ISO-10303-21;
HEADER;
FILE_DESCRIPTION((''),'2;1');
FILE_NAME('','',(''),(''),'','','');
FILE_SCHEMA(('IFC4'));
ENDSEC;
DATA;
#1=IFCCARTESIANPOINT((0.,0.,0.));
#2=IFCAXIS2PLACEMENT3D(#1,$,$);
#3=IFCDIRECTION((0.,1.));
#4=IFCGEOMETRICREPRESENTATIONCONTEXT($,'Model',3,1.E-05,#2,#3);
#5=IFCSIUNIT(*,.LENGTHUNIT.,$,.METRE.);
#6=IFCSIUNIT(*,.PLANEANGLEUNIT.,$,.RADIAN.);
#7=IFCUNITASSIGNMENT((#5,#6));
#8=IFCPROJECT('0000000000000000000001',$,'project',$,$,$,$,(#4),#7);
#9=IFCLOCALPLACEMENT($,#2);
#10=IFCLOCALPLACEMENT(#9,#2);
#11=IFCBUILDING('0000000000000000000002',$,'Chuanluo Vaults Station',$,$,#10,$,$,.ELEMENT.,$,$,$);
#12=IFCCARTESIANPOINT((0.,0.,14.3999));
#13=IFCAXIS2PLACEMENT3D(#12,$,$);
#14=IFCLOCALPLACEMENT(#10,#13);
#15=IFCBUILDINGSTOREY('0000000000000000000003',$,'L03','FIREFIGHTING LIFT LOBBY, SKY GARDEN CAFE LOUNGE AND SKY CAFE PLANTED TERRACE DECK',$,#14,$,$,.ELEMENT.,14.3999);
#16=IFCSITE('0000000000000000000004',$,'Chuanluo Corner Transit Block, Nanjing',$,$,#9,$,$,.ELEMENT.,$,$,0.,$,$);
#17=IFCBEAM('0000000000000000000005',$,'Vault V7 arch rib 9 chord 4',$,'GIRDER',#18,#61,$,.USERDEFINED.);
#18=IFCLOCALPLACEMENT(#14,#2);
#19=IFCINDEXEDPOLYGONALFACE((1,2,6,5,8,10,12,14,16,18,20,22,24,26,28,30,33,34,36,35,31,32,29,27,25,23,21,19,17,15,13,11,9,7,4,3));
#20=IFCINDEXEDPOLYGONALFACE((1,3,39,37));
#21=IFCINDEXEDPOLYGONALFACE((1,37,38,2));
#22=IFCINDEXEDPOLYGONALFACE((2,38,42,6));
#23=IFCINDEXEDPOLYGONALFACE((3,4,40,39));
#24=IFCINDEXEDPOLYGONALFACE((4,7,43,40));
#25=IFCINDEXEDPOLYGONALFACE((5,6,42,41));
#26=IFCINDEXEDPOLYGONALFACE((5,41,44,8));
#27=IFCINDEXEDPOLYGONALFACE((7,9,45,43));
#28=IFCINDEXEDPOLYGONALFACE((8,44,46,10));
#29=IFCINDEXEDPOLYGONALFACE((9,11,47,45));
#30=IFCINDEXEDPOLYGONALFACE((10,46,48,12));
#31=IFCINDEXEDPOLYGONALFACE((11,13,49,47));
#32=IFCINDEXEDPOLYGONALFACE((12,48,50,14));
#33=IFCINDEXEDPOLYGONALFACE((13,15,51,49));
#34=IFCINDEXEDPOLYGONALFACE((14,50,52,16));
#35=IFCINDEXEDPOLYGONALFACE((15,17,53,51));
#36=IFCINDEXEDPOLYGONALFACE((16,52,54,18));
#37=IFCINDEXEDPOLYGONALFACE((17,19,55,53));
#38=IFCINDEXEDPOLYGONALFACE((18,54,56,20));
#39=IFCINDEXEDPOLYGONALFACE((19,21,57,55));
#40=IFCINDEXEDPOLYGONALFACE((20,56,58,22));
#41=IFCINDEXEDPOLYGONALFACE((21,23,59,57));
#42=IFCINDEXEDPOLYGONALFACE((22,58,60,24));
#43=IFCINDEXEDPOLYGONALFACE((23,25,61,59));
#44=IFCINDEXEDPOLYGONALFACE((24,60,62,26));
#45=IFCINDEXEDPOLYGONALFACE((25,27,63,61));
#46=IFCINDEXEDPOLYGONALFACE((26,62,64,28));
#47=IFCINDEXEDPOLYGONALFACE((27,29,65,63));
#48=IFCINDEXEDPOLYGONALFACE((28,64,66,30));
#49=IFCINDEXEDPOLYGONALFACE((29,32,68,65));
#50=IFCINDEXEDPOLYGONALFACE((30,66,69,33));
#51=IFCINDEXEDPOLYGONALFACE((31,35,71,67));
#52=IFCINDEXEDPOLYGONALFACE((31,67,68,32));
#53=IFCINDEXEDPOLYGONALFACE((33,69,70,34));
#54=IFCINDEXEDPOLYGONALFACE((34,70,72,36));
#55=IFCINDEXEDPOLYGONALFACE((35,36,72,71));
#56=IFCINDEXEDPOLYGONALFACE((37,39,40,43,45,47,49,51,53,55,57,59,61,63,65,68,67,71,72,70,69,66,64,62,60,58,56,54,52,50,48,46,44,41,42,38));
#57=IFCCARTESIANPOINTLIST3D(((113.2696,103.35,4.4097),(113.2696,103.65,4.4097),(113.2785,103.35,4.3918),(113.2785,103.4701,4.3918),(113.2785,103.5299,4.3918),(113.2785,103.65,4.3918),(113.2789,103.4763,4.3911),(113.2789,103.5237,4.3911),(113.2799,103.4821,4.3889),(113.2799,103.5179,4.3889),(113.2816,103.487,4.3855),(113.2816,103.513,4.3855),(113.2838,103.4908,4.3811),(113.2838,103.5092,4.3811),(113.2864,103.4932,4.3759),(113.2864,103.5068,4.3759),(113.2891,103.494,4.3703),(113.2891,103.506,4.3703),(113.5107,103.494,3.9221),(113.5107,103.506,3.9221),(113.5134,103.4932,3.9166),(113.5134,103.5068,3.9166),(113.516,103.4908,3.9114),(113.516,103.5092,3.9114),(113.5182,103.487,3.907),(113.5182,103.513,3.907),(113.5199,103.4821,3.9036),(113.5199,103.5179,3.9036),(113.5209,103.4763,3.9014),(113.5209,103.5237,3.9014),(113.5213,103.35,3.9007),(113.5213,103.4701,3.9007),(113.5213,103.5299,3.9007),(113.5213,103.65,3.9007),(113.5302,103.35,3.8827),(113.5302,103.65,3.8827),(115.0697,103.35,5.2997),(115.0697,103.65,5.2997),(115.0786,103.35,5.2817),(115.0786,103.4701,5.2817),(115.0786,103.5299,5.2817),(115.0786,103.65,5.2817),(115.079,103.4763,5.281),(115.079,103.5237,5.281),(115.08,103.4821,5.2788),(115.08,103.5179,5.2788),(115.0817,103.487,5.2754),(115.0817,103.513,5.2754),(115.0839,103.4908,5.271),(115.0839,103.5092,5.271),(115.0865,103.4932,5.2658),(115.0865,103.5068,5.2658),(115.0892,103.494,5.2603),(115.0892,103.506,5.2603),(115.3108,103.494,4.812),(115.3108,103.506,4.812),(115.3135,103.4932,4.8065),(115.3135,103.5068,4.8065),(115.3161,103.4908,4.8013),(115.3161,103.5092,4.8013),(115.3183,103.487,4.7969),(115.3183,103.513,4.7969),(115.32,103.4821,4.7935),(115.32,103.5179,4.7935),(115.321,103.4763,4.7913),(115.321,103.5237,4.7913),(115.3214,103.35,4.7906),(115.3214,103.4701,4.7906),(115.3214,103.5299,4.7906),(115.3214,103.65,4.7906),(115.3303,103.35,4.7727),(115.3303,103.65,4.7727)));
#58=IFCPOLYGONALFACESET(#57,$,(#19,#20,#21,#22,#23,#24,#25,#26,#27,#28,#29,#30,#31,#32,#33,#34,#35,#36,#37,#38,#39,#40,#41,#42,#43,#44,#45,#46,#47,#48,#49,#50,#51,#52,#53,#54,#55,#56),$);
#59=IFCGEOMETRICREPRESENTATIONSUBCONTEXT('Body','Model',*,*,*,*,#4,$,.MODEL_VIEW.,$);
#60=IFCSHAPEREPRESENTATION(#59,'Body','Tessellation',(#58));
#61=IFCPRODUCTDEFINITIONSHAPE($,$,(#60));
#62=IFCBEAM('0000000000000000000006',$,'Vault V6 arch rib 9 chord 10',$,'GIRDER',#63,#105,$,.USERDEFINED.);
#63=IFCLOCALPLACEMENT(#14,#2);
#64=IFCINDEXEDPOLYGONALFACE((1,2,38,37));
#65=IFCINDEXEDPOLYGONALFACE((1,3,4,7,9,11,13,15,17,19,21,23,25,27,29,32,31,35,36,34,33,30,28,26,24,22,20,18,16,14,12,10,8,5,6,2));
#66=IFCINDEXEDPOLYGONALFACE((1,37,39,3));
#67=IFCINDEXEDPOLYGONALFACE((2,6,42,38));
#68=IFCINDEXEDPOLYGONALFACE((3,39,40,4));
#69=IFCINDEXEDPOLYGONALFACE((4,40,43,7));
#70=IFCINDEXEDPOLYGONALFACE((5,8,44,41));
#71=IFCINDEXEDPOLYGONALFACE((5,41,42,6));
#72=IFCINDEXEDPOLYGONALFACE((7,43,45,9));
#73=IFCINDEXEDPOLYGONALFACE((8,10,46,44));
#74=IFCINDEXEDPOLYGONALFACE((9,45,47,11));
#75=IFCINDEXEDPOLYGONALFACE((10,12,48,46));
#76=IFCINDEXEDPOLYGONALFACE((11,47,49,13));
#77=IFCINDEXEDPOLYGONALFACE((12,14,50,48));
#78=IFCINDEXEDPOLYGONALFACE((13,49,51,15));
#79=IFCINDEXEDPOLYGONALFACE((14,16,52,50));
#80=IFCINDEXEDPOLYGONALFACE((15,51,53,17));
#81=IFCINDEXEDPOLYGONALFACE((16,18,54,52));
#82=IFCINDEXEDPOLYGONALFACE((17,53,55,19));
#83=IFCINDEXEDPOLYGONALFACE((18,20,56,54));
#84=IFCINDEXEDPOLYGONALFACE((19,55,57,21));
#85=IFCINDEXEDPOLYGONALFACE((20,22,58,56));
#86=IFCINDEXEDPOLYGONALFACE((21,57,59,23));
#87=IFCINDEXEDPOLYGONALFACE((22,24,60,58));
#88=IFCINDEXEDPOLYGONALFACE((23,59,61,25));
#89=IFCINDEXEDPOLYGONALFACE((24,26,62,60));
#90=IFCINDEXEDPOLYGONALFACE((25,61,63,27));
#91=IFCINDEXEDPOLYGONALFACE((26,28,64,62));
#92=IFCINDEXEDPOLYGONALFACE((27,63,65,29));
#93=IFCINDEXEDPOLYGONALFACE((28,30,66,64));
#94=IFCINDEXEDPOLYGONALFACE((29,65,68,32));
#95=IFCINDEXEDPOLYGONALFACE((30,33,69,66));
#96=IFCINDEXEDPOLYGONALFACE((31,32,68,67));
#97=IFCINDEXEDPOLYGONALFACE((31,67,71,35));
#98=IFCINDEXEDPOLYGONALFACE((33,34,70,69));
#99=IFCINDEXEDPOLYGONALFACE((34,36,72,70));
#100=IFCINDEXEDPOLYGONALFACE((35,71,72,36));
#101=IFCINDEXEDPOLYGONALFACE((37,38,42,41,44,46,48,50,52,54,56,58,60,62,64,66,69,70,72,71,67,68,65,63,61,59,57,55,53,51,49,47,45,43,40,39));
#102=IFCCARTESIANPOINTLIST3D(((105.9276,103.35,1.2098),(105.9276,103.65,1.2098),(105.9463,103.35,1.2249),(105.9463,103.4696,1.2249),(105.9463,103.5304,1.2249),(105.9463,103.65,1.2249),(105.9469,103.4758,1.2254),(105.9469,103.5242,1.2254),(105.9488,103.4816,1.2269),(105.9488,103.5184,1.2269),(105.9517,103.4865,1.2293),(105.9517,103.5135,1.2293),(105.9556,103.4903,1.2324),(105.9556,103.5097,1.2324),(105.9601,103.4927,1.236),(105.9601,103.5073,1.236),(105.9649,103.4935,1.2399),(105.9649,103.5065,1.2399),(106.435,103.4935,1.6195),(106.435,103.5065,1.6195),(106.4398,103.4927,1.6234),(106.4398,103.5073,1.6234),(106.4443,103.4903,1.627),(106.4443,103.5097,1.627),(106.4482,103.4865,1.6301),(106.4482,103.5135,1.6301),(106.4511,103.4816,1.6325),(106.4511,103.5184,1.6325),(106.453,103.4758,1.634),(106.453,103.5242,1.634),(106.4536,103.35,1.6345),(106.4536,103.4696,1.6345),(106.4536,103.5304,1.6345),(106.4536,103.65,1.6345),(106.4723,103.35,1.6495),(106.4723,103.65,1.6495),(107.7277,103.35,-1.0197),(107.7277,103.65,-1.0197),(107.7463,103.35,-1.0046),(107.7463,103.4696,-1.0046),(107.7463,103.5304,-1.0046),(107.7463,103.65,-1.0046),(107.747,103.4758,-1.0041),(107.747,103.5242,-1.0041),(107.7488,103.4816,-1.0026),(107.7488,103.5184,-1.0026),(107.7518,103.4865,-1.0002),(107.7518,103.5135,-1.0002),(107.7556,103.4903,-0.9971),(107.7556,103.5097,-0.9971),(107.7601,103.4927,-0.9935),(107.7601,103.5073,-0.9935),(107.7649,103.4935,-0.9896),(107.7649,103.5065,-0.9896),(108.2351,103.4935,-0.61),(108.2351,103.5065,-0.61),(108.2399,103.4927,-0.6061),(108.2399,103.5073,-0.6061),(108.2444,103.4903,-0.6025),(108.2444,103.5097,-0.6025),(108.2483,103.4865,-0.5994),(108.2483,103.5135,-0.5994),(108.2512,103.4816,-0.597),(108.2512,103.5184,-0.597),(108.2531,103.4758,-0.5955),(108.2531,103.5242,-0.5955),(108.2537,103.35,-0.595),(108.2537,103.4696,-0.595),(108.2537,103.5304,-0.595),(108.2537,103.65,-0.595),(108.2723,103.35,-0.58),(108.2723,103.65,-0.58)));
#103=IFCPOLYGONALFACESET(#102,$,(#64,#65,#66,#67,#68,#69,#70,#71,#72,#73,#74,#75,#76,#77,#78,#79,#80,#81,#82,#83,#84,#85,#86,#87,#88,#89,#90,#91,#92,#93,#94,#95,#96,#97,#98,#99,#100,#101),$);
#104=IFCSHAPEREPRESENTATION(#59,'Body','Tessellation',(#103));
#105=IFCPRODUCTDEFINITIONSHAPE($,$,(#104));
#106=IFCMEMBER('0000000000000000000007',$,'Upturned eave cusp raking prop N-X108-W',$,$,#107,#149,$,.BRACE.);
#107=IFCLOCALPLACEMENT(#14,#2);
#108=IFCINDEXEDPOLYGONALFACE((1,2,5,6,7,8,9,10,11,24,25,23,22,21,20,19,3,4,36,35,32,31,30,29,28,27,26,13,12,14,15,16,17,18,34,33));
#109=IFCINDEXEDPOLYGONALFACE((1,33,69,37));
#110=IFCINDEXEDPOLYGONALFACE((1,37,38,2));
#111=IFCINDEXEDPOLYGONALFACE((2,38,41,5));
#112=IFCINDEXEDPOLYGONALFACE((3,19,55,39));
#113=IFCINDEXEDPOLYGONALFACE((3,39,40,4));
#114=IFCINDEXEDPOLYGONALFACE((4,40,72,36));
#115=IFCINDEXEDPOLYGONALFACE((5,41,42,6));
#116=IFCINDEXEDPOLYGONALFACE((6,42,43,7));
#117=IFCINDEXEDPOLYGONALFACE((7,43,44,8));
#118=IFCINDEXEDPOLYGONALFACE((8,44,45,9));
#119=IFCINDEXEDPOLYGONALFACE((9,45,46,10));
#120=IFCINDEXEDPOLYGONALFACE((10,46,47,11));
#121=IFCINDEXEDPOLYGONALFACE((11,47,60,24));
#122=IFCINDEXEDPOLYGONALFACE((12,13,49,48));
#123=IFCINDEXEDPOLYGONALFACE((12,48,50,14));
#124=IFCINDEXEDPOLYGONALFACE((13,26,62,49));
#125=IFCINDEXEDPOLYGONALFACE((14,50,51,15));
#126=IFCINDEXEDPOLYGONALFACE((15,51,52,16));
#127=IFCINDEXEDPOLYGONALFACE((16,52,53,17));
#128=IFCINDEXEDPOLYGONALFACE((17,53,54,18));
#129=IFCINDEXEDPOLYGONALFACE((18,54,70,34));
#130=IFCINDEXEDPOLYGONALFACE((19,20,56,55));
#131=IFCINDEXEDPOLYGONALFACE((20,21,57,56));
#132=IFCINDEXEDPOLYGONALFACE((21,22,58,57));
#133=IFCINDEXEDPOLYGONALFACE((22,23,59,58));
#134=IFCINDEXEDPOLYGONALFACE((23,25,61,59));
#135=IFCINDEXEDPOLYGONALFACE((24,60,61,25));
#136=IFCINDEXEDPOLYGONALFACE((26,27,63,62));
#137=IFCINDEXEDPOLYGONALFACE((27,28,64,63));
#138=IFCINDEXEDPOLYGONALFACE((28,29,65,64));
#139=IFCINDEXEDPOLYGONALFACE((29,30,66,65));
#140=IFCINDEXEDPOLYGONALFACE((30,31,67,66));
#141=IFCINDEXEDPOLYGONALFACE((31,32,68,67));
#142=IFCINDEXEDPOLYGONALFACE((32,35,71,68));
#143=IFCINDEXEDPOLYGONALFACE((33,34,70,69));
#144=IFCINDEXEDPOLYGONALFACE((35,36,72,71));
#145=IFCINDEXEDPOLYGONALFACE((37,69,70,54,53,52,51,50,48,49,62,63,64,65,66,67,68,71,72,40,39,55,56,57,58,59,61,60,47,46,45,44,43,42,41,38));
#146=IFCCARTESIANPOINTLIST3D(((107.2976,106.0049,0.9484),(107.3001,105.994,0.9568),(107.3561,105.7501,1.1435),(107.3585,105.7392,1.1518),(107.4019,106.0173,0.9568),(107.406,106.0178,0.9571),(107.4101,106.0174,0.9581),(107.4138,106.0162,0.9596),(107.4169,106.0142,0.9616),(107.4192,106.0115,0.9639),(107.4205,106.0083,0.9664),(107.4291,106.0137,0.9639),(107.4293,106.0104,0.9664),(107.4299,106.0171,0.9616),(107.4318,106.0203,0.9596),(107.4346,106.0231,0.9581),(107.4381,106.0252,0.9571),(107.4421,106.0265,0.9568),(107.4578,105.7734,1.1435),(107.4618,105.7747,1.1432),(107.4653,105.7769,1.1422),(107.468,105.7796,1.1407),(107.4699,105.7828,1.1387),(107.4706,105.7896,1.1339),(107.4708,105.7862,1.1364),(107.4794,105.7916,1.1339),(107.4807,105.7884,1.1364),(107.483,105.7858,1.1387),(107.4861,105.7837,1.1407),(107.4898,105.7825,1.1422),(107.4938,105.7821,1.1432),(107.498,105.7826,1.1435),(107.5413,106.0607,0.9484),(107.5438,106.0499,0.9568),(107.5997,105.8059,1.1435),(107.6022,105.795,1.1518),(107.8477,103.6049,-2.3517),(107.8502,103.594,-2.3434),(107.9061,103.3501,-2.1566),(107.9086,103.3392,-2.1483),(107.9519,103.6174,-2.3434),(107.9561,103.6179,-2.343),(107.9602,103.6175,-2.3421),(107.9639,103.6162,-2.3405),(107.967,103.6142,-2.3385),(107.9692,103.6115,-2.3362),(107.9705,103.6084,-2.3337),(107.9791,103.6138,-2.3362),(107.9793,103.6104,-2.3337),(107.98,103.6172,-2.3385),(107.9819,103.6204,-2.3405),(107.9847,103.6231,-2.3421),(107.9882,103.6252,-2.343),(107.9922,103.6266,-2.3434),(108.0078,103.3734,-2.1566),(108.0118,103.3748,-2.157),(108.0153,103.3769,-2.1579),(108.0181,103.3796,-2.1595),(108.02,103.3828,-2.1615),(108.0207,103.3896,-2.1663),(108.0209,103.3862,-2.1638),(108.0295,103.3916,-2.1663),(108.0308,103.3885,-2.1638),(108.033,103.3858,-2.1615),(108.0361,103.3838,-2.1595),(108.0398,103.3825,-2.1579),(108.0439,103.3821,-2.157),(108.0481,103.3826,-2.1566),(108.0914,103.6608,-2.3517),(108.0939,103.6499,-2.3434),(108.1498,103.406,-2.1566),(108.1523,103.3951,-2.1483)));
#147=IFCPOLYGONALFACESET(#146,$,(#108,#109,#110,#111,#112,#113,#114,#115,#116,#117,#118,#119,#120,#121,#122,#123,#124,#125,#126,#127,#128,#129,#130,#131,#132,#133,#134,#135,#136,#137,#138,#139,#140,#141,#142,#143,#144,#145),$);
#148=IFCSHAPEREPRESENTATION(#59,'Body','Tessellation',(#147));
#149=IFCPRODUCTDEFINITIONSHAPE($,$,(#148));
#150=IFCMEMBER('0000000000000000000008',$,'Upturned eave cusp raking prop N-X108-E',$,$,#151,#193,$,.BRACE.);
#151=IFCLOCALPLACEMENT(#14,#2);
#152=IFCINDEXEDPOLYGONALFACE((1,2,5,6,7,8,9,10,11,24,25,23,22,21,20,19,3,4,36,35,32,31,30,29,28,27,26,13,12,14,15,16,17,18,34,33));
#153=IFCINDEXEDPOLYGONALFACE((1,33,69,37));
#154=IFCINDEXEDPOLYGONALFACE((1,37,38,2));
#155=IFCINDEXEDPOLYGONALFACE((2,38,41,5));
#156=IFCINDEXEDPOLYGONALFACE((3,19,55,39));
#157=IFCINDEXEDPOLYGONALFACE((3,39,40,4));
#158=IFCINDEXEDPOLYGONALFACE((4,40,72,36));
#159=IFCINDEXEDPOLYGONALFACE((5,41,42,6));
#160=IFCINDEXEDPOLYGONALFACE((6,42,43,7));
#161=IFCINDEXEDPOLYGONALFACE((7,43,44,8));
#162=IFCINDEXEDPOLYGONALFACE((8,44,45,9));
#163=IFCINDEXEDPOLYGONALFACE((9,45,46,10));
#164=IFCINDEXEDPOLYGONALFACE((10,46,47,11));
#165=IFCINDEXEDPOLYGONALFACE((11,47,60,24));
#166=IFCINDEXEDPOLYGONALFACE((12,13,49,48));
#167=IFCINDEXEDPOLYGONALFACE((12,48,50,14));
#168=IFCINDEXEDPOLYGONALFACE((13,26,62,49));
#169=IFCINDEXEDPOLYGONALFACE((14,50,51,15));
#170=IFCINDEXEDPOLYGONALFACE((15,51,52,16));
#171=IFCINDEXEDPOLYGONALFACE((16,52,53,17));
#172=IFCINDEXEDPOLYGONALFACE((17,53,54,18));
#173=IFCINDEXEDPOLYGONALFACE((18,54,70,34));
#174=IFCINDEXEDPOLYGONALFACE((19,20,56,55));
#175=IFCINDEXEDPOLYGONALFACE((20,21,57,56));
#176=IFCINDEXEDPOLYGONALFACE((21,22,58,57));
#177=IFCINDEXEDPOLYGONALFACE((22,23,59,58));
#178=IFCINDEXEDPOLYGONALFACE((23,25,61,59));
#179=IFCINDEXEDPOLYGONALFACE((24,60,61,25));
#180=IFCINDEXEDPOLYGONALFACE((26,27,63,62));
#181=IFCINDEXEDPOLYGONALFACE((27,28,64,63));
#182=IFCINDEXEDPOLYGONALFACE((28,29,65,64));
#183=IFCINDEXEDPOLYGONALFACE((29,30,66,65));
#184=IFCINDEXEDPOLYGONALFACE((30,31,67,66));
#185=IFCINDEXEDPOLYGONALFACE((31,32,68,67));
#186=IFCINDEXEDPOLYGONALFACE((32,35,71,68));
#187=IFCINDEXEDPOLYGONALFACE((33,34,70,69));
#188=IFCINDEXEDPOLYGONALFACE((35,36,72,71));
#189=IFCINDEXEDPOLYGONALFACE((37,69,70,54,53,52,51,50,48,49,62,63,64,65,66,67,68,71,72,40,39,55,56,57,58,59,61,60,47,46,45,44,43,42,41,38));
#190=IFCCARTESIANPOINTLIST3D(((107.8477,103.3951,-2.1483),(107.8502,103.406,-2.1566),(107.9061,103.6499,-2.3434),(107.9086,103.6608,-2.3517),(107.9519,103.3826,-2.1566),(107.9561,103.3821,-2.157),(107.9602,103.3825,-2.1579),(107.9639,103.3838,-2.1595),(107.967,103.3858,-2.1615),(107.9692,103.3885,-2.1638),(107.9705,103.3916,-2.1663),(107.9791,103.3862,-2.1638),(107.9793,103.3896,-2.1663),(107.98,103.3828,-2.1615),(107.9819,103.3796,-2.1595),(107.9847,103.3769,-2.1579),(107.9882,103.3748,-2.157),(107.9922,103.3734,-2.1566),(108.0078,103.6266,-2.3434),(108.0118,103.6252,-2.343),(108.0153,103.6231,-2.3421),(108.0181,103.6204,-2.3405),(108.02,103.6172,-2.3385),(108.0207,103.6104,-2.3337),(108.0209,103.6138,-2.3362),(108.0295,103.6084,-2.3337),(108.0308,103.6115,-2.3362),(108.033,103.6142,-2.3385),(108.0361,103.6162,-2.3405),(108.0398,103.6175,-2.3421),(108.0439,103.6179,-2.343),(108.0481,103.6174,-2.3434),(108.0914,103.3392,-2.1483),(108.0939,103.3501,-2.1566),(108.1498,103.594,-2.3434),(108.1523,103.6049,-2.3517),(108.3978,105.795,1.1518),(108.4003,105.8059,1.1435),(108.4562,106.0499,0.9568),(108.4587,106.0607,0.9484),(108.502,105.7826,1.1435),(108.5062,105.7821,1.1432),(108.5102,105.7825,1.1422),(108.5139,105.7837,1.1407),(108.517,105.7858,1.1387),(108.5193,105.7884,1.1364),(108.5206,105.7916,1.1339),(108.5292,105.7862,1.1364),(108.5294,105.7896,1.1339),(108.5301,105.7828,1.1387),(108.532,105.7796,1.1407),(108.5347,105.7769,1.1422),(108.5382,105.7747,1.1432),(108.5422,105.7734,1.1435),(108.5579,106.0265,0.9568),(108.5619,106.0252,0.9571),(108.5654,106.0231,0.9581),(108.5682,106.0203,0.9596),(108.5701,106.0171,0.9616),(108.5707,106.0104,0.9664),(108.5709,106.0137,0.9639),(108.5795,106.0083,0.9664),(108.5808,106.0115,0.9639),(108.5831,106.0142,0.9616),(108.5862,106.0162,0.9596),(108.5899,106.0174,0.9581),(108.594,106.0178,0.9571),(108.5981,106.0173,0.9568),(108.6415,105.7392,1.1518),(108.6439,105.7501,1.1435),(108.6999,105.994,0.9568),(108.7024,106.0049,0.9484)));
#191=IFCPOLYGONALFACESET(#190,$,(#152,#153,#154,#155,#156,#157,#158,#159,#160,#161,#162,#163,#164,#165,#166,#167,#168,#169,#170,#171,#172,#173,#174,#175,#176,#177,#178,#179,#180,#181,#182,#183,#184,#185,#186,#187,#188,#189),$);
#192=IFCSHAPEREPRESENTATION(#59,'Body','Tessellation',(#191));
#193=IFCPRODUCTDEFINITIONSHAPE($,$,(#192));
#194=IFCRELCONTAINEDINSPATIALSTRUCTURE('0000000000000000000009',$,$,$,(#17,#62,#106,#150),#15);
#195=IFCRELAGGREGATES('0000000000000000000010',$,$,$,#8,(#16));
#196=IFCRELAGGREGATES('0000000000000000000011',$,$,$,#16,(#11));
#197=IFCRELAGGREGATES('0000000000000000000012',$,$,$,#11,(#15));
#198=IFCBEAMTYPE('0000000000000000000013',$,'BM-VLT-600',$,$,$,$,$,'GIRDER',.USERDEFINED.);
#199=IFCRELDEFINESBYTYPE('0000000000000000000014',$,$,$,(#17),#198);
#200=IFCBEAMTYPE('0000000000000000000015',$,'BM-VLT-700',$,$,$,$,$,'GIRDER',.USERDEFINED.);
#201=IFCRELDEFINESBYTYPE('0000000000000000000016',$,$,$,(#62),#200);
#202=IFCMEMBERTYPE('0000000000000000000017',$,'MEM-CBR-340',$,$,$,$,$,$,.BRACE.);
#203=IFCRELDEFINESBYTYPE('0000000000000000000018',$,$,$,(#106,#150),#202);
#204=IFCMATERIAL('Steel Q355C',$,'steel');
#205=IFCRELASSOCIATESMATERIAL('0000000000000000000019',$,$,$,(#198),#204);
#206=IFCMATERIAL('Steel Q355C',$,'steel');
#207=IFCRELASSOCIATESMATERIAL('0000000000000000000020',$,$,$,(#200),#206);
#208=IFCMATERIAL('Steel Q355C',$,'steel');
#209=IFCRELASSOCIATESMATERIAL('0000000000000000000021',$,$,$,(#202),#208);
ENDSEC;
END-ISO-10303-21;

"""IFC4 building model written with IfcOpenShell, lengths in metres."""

from ifc_helpers import new_model, si_unit, direction, frame, origin, origin_2d, place, context, subcontext, project, spatial, i_section, extrude, material, material_profile, profile_set, type_object, element, save


model = new_model("IFC4")

# Units and contexts
model_context = context("Model", 3, precision=1e-05, world=origin(), true_north=direction((0.0, 1.0)))
body_context = subcontext(model_context, "Body", "Model", "MODEL_VIEW")
ifc_project = project(units=[si_unit("LENGTHUNIT", "METRE"), si_unit("PLANEANGLEUNIT", "RADIAN")], contexts=[model_context])

# Site, building, storey
site_placement = place(None, origin())
site = spatial("IfcSite", under=ifc_project, at=site_placement, Name="Chuanluo Corner Transit Block, Nanjing", CompositionType="ELEMENT", RefElevation=0.0)
building_placement = place(site_placement, origin())
building = spatial("IfcBuilding", under=site, at=building_placement, Name="Chuanluo Vaults Station", CompositionType="ELEMENT")
storey_placement = place(building_placement, frame((0.0, 0.0, 14.3999)))
storey = spatial("IfcBuildingStorey", under=building, at=storey_placement, Name="L03", Description="FIREFIGHTING LIFT LOBBY, SKY GARDEN CAFE LOUNGE AND SKY CAFE PLANTED TERRACE DECK", CompositionType="ELEMENT", Elevation=14.3999)

# Beams
ifc_material_1 = material(Name="Steel Q355C", Category="steel")
ifc_material_profile_1 = material_profile(ifc_material_1, i_section(OverallWidth=0.3, OverallDepth=0.5879, WebThickness=0.012, FlangeThickness=0.02, FilletRadius=0.0239, at=origin_2d()))
ifc_profile_set_1 = profile_set([ifc_material_profile_1], Name="Steel Q355C")
beam_type_1 = type_object("IfcBeamType", Name="BM-VLT-600", ElementType="GIRDER", PredefinedType="USERDEFINED", material=ifc_profile_set_1)
beam_1_placement = place(storey_placement, frame((113.3999, 103.5, 4.1462), z_axis=(0.896436, 0.0, 0.443172), x_axis=(0.0, 1.0, 0.0)))
element("IfcBeam", 1, at=beam_1_placement, inside=storey, type_object=beam_type_1, Name="Vault V7 arch rib 9 chord 4", ObjectType="GIRDER", PredefinedType="USERDEFINED", context=body_context, shape_type="SweptSolid", body=[
    extrude(i_section(OverallWidth=0.3, OverallDepth=0.5879, WebThickness=0.012, FlangeThickness=0.02, FilletRadius=0.0239, at=origin_2d()), origin(), (0.0, 0.0, 1.0), 2.0081),
])
ifc_material_2 = material(Name="Steel Q355C", Category="steel")
ifc_material_profile_2 = material_profile(ifc_material_2, i_section(OverallWidth=0.3, OverallDepth=0.7, WebThickness=0.0129, FlangeThickness=0.0239, FilletRadius=0.0239, at=origin_2d()))
ifc_profile_set_2 = profile_set([ifc_material_profile_2], Name="Steel Q355C")
beam_type_2 = type_object("IfcBeamType", Name="BM-VLT-700", ElementType="GIRDER", PredefinedType="USERDEFINED", material=ifc_profile_set_2)
beam_2_placement = place(storey_placement, frame((106.2, 103.5, 1.4297), z_axis=(0.62819, 0.0, -0.77806), x_axis=(0.0, 1.0, 0.0)))
element("IfcBeam", 2, at=beam_2_placement, inside=storey, type_object=beam_type_2, Name="Vault V6 arch rib 9 chord 10", ObjectType="GIRDER", PredefinedType="USERDEFINED", context=body_context, shape_type="SweptSolid", body=[
    extrude(i_section(OverallWidth=0.3, OverallDepth=0.7, WebThickness=0.0129, FlangeThickness=0.0239, FilletRadius=0.0239, at=origin_2d()), origin(), (0.0, 0.0, 1.0), 2.8655),
])

# Members
ifc_material_3 = material(Name="Steel Q355C", Category="steel")
ifc_material_profile_3 = material_profile(ifc_material_3, i_section(OverallWidth=0.25, OverallDepth=0.3401, WebThickness=0.009, FlangeThickness=0.0139, FilletRadius=0.0161, at=origin_2d()))
ifc_profile_set_3 = profile_set([ifc_material_profile_3], Name="Steel Q355C")
member_type_1 = type_object("IfcMemberType", Name="MEM-CBR-340", PredefinedType="BRACE", material=ifc_profile_set_3)
for number, where, z_axis, x_axis, name in (
    (3, (108.0, 103.5, -2.25), (-0.133594, 0.582878, 0.801502), (-0.974726, -0.223404, 0.0), "Upturned eave cusp raking prop N-X108-W"),
    (4, (108.0, 103.5, -2.25), (0.133594, 0.582878, 0.801502), (-0.974726, 0.223404, 0.0), "Upturned eave cusp raking prop N-X108-E"),
):
    element("IfcMember", number, at=place(storey_placement, frame(where, z_axis=z_axis, x_axis=x_axis)), inside=storey, type_object=member_type_1, Name=name, PredefinedType="BRACE", context=body_context, shape_type="SweptSolid", body=[
        extrude(i_section(OverallWidth=0.25, OverallDepth=0.3401, WebThickness=0.009, FlangeThickness=0.0139, FilletRadius=0.0161, at=origin_2d()), origin(), (0.0, 0.0, 1.0), 4.1174),
    ])

save(model, "model.ifc")
